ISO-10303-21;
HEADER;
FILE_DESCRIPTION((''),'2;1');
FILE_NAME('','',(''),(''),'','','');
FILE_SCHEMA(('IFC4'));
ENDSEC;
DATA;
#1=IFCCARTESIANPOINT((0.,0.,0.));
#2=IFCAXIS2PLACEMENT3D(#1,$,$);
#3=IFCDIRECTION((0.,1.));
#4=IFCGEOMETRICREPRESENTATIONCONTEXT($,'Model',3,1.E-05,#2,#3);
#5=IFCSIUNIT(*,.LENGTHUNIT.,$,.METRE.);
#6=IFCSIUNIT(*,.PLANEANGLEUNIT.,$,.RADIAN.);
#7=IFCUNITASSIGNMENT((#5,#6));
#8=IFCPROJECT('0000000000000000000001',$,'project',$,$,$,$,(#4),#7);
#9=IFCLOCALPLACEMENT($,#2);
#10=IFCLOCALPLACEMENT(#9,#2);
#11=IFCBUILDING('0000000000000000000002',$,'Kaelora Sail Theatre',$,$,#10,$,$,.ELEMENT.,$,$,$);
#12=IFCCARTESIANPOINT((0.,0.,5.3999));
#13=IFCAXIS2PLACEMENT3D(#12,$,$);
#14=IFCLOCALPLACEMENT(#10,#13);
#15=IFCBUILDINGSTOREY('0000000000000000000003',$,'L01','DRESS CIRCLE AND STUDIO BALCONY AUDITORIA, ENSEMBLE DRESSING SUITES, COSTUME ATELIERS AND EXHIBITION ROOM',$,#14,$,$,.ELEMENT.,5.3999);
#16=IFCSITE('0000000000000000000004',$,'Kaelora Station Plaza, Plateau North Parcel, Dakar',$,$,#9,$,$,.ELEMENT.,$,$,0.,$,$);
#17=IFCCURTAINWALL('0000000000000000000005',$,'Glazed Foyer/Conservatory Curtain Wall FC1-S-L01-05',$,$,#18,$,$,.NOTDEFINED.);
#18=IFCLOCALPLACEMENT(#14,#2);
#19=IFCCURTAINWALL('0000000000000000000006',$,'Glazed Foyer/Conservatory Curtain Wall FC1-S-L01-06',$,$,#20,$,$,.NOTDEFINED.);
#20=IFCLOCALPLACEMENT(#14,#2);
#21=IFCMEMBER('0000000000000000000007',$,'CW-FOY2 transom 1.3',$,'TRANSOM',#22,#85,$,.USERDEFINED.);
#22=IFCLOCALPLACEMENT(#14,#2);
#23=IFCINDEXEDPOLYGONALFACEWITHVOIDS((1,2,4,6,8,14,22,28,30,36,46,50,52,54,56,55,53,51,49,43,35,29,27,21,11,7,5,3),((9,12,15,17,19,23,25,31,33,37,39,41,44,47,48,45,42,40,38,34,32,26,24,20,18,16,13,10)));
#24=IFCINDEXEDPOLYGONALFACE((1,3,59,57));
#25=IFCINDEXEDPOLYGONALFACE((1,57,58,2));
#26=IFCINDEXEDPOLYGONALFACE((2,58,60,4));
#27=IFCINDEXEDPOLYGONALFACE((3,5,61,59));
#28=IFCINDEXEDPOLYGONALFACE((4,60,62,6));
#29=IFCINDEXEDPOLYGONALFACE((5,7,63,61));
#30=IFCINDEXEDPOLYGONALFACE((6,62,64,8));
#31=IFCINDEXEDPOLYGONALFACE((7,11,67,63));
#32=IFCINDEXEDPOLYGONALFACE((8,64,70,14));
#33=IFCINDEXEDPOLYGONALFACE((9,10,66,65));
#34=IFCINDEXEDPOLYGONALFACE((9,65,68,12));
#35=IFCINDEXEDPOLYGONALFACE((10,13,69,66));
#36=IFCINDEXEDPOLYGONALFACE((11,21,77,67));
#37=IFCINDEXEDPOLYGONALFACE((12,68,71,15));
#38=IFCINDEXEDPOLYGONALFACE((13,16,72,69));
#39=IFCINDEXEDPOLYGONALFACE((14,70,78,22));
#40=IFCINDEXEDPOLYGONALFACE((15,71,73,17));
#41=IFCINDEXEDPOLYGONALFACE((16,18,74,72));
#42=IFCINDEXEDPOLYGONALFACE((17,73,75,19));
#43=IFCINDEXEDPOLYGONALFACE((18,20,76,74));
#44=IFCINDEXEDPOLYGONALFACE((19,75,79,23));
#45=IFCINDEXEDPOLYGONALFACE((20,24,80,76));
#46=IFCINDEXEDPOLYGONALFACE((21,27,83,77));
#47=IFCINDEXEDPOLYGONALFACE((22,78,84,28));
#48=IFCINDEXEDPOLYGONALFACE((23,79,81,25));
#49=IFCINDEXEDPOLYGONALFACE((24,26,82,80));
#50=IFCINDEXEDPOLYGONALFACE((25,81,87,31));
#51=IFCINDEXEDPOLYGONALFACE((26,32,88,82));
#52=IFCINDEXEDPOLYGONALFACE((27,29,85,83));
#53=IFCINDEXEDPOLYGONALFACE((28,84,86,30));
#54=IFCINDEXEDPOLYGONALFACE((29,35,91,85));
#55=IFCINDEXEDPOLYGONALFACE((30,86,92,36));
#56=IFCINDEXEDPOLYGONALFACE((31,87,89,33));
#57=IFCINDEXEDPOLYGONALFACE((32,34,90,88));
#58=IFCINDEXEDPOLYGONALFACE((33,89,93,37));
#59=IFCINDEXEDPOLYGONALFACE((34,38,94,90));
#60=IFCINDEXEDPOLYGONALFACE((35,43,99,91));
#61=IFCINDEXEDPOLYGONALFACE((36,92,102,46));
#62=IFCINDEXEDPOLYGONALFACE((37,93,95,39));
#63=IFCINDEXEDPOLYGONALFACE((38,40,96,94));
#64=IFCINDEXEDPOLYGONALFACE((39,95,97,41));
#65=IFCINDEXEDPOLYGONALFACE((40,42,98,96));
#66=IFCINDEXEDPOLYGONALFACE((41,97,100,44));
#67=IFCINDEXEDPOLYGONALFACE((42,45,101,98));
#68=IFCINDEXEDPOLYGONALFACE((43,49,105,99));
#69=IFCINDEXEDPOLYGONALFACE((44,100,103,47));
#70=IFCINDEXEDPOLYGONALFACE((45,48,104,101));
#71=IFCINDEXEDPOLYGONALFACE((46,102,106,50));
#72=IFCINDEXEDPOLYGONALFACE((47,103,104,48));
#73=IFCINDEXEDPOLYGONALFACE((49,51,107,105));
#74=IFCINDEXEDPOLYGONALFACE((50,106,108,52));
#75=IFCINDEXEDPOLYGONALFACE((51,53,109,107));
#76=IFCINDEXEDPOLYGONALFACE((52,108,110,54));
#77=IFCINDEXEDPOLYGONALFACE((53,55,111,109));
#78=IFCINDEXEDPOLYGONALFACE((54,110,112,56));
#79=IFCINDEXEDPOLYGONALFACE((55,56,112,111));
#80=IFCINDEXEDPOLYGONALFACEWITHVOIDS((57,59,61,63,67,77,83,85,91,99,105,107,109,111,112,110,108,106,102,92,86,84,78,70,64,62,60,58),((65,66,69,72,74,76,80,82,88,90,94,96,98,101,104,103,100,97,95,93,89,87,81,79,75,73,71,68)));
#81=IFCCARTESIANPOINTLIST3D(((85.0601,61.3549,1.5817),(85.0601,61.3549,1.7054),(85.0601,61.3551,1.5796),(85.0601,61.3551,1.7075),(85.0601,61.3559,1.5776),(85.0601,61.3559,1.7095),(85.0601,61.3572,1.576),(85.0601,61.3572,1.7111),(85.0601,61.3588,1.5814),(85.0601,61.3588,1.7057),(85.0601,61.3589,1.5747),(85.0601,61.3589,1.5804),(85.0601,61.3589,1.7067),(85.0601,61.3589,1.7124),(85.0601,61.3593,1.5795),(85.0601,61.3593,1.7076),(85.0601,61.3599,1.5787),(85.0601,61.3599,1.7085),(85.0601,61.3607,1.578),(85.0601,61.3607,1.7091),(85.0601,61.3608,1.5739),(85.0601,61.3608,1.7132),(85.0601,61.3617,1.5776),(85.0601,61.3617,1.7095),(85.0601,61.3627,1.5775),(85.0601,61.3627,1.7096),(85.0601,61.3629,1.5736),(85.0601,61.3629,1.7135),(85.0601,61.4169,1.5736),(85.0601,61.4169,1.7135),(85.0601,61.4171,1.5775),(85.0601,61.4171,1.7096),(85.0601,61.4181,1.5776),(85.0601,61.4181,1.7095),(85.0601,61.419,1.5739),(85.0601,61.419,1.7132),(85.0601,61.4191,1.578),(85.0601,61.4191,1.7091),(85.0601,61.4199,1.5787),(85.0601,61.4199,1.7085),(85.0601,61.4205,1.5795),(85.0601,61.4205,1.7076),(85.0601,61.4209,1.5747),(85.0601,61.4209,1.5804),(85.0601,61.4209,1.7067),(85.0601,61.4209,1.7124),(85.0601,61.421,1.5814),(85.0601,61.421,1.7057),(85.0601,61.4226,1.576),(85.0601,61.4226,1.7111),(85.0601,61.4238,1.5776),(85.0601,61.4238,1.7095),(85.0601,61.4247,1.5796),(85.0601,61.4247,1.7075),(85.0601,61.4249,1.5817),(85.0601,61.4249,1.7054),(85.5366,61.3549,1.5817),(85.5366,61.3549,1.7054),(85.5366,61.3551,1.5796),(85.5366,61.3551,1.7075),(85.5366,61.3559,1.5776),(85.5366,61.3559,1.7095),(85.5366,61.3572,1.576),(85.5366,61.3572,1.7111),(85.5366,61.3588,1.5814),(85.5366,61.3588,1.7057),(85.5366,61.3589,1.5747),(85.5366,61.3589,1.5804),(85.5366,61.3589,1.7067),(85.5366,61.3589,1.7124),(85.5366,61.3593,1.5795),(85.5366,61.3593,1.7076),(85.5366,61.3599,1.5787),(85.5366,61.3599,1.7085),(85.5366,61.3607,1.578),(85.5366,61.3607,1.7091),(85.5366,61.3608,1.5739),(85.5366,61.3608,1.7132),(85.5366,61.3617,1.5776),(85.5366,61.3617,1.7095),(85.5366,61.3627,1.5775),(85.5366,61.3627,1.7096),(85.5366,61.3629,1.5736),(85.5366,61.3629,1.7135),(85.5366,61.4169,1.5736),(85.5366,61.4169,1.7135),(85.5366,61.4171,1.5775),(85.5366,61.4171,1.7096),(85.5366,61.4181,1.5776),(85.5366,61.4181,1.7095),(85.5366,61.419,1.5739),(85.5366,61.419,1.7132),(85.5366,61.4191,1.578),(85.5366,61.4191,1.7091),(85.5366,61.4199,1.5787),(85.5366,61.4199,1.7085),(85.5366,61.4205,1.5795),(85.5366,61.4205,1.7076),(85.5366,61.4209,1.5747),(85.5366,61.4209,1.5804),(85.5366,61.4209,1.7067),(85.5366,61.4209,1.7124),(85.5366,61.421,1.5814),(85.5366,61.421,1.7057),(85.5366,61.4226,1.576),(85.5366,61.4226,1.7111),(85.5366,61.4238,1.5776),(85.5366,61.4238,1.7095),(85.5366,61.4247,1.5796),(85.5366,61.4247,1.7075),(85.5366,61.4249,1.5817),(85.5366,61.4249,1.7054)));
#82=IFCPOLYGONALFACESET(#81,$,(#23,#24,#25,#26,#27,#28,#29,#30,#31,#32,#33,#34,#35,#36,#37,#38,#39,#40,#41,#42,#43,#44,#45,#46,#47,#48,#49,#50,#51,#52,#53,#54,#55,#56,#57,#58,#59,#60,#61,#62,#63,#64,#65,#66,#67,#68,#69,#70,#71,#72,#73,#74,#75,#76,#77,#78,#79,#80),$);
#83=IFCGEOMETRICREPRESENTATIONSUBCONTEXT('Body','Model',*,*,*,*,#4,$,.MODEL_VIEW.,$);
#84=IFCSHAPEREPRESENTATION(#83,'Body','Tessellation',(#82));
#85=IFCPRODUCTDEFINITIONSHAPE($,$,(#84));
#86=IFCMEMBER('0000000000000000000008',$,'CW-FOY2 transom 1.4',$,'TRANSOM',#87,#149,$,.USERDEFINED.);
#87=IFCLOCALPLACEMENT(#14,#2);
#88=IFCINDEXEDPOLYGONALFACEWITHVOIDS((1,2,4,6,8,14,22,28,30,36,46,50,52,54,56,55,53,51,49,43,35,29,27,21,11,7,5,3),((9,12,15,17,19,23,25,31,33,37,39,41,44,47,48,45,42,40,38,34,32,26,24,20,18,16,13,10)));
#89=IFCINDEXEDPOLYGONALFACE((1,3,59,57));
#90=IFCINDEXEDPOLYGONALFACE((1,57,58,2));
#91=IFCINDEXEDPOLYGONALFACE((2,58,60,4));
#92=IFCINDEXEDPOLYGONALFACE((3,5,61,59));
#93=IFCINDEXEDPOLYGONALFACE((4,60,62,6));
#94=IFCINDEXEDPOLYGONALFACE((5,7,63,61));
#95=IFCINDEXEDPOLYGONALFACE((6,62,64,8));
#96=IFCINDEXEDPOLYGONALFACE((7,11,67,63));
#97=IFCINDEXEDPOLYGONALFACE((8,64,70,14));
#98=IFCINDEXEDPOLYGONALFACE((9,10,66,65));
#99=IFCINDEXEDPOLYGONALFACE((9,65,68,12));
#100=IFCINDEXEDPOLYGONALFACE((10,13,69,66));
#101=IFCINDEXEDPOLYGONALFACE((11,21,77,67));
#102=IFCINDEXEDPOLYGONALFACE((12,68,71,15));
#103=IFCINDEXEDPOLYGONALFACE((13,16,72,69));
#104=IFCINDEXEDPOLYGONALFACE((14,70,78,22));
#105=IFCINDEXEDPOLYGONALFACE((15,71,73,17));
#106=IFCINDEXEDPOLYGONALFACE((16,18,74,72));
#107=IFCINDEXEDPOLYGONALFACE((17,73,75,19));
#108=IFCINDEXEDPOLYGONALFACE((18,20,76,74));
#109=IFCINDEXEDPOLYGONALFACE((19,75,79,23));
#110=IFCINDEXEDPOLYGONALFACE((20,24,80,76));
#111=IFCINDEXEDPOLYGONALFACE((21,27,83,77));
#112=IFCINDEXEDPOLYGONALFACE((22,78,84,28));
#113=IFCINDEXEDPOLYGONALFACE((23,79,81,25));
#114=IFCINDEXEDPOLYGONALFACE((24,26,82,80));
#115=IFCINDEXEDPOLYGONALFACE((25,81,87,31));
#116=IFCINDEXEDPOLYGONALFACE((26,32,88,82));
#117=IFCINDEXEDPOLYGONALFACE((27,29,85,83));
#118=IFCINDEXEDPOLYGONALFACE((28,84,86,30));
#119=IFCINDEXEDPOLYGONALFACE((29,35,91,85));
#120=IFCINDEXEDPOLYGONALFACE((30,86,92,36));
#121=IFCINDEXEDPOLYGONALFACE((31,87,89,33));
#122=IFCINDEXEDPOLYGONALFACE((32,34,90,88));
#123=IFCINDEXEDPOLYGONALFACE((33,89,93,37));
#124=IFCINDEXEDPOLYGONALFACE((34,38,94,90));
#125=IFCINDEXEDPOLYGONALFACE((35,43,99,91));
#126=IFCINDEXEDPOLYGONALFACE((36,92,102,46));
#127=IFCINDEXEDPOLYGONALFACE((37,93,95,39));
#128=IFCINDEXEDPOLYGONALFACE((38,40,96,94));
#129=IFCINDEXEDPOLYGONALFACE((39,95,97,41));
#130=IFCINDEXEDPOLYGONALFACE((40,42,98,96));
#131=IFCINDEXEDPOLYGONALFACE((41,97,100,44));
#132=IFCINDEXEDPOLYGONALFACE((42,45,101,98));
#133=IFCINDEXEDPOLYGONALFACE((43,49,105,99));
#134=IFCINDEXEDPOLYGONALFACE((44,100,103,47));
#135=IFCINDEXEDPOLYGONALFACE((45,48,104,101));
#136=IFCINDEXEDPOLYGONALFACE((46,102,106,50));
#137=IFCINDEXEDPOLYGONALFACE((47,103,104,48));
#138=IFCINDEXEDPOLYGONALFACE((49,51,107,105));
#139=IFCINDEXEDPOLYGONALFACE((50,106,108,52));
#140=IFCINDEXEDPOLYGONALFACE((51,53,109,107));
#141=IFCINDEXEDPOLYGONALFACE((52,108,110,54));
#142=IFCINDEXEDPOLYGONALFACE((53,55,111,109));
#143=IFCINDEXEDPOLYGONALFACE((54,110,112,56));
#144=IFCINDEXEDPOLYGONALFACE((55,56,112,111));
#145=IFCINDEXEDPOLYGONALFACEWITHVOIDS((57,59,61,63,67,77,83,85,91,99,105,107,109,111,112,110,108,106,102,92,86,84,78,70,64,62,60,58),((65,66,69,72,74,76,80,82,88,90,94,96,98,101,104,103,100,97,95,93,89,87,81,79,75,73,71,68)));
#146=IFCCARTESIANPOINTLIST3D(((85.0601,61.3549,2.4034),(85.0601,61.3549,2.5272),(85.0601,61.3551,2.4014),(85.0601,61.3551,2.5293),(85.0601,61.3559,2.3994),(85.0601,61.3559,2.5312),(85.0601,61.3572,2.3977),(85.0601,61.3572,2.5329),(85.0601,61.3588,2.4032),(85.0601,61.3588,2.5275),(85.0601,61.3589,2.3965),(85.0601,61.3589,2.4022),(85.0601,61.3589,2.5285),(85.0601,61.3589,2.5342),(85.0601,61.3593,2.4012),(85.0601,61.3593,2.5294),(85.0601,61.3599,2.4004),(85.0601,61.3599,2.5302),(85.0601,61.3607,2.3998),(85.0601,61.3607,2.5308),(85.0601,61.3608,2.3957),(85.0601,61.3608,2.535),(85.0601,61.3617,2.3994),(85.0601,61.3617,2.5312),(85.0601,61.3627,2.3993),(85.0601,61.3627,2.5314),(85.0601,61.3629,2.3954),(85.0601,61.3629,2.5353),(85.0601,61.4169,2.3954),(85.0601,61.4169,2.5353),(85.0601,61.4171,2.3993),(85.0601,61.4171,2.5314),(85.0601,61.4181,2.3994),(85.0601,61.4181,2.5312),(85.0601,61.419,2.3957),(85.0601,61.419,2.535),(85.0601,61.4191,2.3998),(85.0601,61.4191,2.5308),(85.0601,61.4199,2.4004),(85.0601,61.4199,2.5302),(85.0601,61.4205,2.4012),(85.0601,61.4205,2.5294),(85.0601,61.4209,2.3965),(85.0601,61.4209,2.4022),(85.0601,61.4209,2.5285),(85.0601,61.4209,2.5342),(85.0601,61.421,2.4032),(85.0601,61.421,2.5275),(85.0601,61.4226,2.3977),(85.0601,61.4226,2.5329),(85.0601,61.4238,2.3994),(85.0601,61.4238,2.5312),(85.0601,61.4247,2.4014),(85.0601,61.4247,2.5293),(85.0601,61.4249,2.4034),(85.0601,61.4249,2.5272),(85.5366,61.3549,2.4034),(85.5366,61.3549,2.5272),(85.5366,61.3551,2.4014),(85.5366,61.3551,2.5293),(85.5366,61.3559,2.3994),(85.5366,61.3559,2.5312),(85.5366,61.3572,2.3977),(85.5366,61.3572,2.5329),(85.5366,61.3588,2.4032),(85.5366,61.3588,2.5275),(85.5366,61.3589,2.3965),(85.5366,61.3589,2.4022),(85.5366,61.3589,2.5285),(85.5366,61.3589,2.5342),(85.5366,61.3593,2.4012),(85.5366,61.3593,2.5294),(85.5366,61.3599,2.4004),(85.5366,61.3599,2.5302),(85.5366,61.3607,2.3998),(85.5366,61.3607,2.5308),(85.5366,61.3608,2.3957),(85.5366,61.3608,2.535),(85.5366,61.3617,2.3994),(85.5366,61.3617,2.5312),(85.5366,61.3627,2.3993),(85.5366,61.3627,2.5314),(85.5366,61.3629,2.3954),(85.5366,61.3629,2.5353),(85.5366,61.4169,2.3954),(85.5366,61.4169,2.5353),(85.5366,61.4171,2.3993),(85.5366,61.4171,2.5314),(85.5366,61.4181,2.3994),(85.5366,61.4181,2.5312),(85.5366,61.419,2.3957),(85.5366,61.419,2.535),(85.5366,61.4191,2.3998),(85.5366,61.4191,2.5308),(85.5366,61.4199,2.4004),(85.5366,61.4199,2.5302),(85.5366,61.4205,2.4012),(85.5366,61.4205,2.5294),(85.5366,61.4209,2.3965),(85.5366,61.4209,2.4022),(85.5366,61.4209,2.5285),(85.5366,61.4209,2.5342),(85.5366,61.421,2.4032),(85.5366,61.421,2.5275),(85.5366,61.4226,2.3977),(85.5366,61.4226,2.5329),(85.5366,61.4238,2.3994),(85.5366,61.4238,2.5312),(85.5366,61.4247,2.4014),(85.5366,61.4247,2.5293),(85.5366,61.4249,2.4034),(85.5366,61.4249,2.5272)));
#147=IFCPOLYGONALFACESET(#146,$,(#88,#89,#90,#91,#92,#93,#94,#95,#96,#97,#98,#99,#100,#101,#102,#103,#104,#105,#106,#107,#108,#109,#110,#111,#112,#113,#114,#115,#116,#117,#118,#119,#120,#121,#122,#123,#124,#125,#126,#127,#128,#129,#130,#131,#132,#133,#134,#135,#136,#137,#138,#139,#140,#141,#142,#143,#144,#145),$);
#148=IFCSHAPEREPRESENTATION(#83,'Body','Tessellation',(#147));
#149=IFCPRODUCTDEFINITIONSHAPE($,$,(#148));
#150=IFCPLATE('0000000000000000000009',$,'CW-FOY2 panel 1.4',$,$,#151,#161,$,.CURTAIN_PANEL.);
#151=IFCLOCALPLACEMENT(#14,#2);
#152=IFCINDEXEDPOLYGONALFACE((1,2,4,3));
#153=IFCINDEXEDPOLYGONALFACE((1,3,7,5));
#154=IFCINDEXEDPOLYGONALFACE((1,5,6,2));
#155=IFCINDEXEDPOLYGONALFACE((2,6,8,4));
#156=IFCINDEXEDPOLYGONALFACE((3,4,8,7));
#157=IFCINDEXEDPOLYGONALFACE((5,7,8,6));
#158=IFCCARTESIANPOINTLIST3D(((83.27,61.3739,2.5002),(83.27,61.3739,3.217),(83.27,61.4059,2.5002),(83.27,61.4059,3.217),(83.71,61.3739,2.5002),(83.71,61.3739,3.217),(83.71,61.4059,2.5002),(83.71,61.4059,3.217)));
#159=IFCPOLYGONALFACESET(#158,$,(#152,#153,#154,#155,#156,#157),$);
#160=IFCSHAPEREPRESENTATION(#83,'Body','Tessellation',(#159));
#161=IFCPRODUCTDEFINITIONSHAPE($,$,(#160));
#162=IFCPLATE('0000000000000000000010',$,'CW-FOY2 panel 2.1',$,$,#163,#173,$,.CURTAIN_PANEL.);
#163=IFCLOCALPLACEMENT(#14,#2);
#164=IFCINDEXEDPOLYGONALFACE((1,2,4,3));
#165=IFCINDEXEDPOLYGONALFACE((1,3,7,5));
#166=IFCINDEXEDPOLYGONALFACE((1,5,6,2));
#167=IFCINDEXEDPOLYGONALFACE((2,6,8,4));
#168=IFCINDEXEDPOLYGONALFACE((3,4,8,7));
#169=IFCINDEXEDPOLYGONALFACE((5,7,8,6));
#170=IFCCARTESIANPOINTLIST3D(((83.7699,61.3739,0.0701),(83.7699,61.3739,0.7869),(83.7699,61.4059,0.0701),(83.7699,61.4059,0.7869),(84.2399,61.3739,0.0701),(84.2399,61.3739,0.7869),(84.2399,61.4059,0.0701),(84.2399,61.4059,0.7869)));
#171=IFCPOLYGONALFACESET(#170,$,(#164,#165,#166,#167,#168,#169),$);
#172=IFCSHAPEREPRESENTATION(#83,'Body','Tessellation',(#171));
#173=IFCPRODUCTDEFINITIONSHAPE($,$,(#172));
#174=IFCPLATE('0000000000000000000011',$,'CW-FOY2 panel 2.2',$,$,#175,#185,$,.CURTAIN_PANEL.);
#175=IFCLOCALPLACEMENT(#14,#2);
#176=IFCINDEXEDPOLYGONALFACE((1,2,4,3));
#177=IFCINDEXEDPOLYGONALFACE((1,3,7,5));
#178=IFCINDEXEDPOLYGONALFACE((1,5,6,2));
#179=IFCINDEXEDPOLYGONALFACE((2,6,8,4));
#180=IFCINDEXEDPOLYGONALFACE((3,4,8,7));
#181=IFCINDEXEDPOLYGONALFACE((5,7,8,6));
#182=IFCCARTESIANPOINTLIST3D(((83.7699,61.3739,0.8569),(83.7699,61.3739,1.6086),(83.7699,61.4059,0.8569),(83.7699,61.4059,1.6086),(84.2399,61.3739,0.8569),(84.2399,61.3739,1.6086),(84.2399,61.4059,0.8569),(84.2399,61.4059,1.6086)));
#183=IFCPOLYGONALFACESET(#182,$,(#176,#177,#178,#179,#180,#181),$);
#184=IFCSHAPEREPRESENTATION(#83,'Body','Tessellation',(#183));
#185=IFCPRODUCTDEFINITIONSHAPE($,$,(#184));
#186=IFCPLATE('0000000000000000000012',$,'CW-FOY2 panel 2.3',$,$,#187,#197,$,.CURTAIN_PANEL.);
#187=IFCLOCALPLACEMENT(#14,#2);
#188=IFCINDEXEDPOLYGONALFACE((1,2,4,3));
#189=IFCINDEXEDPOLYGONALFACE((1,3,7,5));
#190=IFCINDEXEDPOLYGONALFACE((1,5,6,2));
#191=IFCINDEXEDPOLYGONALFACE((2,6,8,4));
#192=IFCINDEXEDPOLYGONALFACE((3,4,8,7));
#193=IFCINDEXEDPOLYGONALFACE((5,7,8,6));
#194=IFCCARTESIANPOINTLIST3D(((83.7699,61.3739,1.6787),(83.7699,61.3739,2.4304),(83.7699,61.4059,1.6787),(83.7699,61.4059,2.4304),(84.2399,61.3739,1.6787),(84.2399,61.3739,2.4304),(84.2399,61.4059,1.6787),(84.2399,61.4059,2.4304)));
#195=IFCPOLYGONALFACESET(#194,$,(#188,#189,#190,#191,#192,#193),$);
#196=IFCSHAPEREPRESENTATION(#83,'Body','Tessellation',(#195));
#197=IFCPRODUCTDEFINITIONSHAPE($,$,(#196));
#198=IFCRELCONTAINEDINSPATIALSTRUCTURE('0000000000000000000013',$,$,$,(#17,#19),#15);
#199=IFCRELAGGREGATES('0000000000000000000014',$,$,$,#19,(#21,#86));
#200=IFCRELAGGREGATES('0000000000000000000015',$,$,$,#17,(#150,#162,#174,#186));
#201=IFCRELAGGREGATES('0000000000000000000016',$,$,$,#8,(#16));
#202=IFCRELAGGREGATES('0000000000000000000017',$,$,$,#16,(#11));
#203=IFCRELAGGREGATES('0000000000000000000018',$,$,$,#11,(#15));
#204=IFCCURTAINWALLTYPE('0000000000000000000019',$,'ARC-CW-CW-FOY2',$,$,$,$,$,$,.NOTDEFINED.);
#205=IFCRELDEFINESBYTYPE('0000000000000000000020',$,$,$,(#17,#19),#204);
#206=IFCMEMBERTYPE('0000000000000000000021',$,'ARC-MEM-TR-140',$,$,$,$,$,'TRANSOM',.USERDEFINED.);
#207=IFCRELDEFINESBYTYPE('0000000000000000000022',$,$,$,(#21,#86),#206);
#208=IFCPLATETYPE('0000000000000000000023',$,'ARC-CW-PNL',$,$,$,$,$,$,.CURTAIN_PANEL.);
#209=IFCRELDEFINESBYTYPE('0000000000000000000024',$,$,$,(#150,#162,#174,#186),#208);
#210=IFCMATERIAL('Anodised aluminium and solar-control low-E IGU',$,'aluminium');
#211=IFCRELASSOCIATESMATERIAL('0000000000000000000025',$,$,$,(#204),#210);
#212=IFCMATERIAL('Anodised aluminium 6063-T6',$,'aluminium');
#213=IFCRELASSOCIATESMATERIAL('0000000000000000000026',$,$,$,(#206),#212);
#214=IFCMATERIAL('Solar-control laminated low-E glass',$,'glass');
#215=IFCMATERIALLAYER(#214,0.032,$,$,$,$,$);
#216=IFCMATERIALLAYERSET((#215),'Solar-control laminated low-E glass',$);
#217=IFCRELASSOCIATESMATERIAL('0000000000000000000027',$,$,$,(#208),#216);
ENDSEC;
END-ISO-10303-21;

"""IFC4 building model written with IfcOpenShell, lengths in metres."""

from ifc_helpers import new_model, si_unit, direction, frame, origin, origin_2d, place, context, subcontext, project, spatial, rectangle, hollow_rectangle, extrude, material, layer, layer_set, material_profile, profile_set, type_object, element, aggregate, save


model = new_model("IFC4")

# Units and contexts
model_context = context("Model", 3, precision=1e-05, world=origin(), true_north=direction((0.0, 1.0)))
body_context = subcontext(model_context, "Body", "Model", "MODEL_VIEW")
ifc_project = project(units=[si_unit("LENGTHUNIT", "METRE"), si_unit("PLANEANGLEUNIT", "RADIAN")], contexts=[model_context])

# Site, building, storey
site_placement = place(None, origin())
site = spatial("IfcSite", under=ifc_project, at=site_placement, Name="Kaelora Station Plaza, Plateau North Parcel, Dakar", CompositionType="ELEMENT", RefElevation=0.0)
building_placement = place(site_placement, origin())
building = spatial("IfcBuilding", under=site, at=building_placement, Name="Kaelora Sail Theatre", CompositionType="ELEMENT")
storey_placement = place(building_placement, frame((0.0, 0.0, 5.3999)))
storey = spatial("IfcBuildingStorey", under=building, at=storey_placement, Name="L01", Description="DRESS CIRCLE AND STUDIO BALCONY AUDITORIA, ENSEMBLE DRESSING SUITES, COSTUME ATELIERS AND EXHIBITION ROOM", CompositionType="ELEMENT", Elevation=5.3999)

# Curtain wall
ifc_material_1 = material(Name="Anodised aluminium and solar-control low-E IGU", Category="aluminium")
curtain_wall_type = type_object("IfcCurtainWallType", Name="ARC-CW-CW-FOY2", PredefinedType="NOTDEFINED", material=ifc_material_1)
curtain_wall_1_placement = place(storey_placement, origin())
curtain_wall_1 = element("IfcCurtainWall", 1, at=curtain_wall_1_placement, inside=storey, type_object=curtain_wall_type, Name="Glazed Foyer/Conservatory Curtain Wall FC1-S-L01-05", PredefinedType="NOTDEFINED")

# Curtain wall
curtain_wall_2_placement = place(storey_placement, origin())
curtain_wall_2 = element("IfcCurtainWall", 2, at=curtain_wall_2_placement, inside=storey, type_object=curtain_wall_type, Name="Glazed Foyer/Conservatory Curtain Wall FC1-S-L01-06", PredefinedType="NOTDEFINED")

# Members
ifc_material_2 = material(Name="Anodised aluminium 6063-T6", Category="aluminium")
ifc_material_profile_1 = material_profile(ifc_material_2, hollow_rectangle(XDim=0.0701, YDim=0.1399, WallThickness=0.0039, InnerFilletRadius=0.0039, OuterFilletRadius=0.0081, at=origin_2d()), Name="ALU-TRAN 70x140x4")
ifc_profile_set_1 = profile_set([ifc_material_profile_1], Name="Anodised aluminium 6063-T6")
member_type_1 = type_object("IfcMemberType", Name="ARC-MEM-TR-140", ElementType="TRANSOM", PredefinedType="USERDEFINED", material=ifc_profile_set_1)
member_1_placement = place(storey_placement, frame((85.0601, 61.3899, 1.6436), z_axis=(1.0, 0.0, 0.0), x_axis=(0.0, 1.0, 0.0)))
member_1 = element("IfcMember", 3, at=member_1_placement, type_object=member_type_1, Name="CW-FOY2 transom 1.3", ObjectType="TRANSOM", PredefinedType="USERDEFINED", context=body_context, shape_type="SweptSolid", body=[
    extrude(hollow_rectangle(XDim=0.0701, YDim=0.1399, WallThickness=0.0039, InnerFilletRadius=0.0039, OuterFilletRadius=0.0081, at=origin_2d()), origin(), (0.0, 0.0, 1.0), 0.4766),
])
member_2_placement = place(storey_placement, frame((85.0601, 61.3899, 2.4653), z_axis=(1.0, 0.0, 0.0), x_axis=(0.0, 1.0, 0.0)))
member_2 = element("IfcMember", 4, at=member_2_placement, type_object=member_type_1, Name="CW-FOY2 transom 1.4", ObjectType="TRANSOM", PredefinedType="USERDEFINED", context=body_context, shape_type="SweptSolid", body=[
    extrude(hollow_rectangle(XDim=0.0701, YDim=0.1399, WallThickness=0.0039, InnerFilletRadius=0.0039, OuterFilletRadius=0.0081, at=origin_2d()), origin(), (0.0, 0.0, 1.0), 0.4766),
])
aggregate(curtain_wall_2, [member_1, member_2])

# Plates
ifc_material_3 = material(Name="Solar-control laminated low-E glass", Category="glass")
ifc_layer = layer(ifc_material_3, 0.032)
ifc_layer_set = layer_set([ifc_layer], Name="Solar-control laminated low-E glass")
plate_type = type_object("IfcPlateType", Name="ARC-CW-PNL", PredefinedType="CURTAIN_PANEL", material=ifc_layer_set)
plate_1_placement = place(storey_placement, frame((83.49, 61.3899, 2.5002), z_axis=(0.0, 0.0, 1.0), x_axis=(1.0, 0.0, 0.0)))
plate_1 = element("IfcPlate", 5, at=plate_1_placement, type_object=plate_type, Name="CW-FOY2 panel 1.4", PredefinedType="CURTAIN_PANEL", context=body_context, shape_type="SweptSolid", body=[
    extrude(rectangle(XDim=0.4399, YDim=0.032, at=origin_2d()), origin(), (0.0, 0.0, 1.0), 0.7168),
])
plate_2_placement = place(storey_placement, frame((84.0049, 61.3899, 0.0701), z_axis=(0.0, 0.0, 1.0), x_axis=(1.0, 0.0, 0.0)))
plate_2 = element("IfcPlate", 6, at=plate_2_placement, type_object=plate_type, Name="CW-FOY2 panel 2.1", PredefinedType="CURTAIN_PANEL", context=body_context, shape_type="SweptSolid", body=[
    extrude(rectangle(XDim=0.47, YDim=0.032, at=origin_2d()), origin(), (0.0, 0.0, 1.0), 0.7168),
])
plate_3_placement = place(storey_placement, frame((84.0049, 61.3899, 0.8569), z_axis=(0.0, 0.0, 1.0), x_axis=(1.0, 0.0, 0.0)))
plate_3 = element("IfcPlate", 7, at=plate_3_placement, type_object=plate_type, Name="CW-FOY2 panel 2.2", PredefinedType="CURTAIN_PANEL", context=body_context, shape_type="SweptSolid", body=[
    extrude(rectangle(XDim=0.47, YDim=0.032, at=origin_2d()), origin(), (0.0, 0.0, 1.0), 0.7517),
])
plate_4_placement = place(storey_placement, frame((84.0049, 61.3899, 1.6787), z_axis=(0.0, 0.0, 1.0), x_axis=(1.0, 0.0, 0.0)))
plate_4 = element("IfcPlate", 8, at=plate_4_placement, type_object=plate_type, Name="CW-FOY2 panel 2.3", PredefinedType="CURTAIN_PANEL", context=body_context, shape_type="SweptSolid", body=[
    extrude(rectangle(XDim=0.47, YDim=0.032, at=origin_2d()), origin(), (0.0, 0.0, 1.0), 0.7517),
])
aggregate(curtain_wall_1, [plate_1, plate_2, plate_3, plate_4])

save(model, "model.ifc")
